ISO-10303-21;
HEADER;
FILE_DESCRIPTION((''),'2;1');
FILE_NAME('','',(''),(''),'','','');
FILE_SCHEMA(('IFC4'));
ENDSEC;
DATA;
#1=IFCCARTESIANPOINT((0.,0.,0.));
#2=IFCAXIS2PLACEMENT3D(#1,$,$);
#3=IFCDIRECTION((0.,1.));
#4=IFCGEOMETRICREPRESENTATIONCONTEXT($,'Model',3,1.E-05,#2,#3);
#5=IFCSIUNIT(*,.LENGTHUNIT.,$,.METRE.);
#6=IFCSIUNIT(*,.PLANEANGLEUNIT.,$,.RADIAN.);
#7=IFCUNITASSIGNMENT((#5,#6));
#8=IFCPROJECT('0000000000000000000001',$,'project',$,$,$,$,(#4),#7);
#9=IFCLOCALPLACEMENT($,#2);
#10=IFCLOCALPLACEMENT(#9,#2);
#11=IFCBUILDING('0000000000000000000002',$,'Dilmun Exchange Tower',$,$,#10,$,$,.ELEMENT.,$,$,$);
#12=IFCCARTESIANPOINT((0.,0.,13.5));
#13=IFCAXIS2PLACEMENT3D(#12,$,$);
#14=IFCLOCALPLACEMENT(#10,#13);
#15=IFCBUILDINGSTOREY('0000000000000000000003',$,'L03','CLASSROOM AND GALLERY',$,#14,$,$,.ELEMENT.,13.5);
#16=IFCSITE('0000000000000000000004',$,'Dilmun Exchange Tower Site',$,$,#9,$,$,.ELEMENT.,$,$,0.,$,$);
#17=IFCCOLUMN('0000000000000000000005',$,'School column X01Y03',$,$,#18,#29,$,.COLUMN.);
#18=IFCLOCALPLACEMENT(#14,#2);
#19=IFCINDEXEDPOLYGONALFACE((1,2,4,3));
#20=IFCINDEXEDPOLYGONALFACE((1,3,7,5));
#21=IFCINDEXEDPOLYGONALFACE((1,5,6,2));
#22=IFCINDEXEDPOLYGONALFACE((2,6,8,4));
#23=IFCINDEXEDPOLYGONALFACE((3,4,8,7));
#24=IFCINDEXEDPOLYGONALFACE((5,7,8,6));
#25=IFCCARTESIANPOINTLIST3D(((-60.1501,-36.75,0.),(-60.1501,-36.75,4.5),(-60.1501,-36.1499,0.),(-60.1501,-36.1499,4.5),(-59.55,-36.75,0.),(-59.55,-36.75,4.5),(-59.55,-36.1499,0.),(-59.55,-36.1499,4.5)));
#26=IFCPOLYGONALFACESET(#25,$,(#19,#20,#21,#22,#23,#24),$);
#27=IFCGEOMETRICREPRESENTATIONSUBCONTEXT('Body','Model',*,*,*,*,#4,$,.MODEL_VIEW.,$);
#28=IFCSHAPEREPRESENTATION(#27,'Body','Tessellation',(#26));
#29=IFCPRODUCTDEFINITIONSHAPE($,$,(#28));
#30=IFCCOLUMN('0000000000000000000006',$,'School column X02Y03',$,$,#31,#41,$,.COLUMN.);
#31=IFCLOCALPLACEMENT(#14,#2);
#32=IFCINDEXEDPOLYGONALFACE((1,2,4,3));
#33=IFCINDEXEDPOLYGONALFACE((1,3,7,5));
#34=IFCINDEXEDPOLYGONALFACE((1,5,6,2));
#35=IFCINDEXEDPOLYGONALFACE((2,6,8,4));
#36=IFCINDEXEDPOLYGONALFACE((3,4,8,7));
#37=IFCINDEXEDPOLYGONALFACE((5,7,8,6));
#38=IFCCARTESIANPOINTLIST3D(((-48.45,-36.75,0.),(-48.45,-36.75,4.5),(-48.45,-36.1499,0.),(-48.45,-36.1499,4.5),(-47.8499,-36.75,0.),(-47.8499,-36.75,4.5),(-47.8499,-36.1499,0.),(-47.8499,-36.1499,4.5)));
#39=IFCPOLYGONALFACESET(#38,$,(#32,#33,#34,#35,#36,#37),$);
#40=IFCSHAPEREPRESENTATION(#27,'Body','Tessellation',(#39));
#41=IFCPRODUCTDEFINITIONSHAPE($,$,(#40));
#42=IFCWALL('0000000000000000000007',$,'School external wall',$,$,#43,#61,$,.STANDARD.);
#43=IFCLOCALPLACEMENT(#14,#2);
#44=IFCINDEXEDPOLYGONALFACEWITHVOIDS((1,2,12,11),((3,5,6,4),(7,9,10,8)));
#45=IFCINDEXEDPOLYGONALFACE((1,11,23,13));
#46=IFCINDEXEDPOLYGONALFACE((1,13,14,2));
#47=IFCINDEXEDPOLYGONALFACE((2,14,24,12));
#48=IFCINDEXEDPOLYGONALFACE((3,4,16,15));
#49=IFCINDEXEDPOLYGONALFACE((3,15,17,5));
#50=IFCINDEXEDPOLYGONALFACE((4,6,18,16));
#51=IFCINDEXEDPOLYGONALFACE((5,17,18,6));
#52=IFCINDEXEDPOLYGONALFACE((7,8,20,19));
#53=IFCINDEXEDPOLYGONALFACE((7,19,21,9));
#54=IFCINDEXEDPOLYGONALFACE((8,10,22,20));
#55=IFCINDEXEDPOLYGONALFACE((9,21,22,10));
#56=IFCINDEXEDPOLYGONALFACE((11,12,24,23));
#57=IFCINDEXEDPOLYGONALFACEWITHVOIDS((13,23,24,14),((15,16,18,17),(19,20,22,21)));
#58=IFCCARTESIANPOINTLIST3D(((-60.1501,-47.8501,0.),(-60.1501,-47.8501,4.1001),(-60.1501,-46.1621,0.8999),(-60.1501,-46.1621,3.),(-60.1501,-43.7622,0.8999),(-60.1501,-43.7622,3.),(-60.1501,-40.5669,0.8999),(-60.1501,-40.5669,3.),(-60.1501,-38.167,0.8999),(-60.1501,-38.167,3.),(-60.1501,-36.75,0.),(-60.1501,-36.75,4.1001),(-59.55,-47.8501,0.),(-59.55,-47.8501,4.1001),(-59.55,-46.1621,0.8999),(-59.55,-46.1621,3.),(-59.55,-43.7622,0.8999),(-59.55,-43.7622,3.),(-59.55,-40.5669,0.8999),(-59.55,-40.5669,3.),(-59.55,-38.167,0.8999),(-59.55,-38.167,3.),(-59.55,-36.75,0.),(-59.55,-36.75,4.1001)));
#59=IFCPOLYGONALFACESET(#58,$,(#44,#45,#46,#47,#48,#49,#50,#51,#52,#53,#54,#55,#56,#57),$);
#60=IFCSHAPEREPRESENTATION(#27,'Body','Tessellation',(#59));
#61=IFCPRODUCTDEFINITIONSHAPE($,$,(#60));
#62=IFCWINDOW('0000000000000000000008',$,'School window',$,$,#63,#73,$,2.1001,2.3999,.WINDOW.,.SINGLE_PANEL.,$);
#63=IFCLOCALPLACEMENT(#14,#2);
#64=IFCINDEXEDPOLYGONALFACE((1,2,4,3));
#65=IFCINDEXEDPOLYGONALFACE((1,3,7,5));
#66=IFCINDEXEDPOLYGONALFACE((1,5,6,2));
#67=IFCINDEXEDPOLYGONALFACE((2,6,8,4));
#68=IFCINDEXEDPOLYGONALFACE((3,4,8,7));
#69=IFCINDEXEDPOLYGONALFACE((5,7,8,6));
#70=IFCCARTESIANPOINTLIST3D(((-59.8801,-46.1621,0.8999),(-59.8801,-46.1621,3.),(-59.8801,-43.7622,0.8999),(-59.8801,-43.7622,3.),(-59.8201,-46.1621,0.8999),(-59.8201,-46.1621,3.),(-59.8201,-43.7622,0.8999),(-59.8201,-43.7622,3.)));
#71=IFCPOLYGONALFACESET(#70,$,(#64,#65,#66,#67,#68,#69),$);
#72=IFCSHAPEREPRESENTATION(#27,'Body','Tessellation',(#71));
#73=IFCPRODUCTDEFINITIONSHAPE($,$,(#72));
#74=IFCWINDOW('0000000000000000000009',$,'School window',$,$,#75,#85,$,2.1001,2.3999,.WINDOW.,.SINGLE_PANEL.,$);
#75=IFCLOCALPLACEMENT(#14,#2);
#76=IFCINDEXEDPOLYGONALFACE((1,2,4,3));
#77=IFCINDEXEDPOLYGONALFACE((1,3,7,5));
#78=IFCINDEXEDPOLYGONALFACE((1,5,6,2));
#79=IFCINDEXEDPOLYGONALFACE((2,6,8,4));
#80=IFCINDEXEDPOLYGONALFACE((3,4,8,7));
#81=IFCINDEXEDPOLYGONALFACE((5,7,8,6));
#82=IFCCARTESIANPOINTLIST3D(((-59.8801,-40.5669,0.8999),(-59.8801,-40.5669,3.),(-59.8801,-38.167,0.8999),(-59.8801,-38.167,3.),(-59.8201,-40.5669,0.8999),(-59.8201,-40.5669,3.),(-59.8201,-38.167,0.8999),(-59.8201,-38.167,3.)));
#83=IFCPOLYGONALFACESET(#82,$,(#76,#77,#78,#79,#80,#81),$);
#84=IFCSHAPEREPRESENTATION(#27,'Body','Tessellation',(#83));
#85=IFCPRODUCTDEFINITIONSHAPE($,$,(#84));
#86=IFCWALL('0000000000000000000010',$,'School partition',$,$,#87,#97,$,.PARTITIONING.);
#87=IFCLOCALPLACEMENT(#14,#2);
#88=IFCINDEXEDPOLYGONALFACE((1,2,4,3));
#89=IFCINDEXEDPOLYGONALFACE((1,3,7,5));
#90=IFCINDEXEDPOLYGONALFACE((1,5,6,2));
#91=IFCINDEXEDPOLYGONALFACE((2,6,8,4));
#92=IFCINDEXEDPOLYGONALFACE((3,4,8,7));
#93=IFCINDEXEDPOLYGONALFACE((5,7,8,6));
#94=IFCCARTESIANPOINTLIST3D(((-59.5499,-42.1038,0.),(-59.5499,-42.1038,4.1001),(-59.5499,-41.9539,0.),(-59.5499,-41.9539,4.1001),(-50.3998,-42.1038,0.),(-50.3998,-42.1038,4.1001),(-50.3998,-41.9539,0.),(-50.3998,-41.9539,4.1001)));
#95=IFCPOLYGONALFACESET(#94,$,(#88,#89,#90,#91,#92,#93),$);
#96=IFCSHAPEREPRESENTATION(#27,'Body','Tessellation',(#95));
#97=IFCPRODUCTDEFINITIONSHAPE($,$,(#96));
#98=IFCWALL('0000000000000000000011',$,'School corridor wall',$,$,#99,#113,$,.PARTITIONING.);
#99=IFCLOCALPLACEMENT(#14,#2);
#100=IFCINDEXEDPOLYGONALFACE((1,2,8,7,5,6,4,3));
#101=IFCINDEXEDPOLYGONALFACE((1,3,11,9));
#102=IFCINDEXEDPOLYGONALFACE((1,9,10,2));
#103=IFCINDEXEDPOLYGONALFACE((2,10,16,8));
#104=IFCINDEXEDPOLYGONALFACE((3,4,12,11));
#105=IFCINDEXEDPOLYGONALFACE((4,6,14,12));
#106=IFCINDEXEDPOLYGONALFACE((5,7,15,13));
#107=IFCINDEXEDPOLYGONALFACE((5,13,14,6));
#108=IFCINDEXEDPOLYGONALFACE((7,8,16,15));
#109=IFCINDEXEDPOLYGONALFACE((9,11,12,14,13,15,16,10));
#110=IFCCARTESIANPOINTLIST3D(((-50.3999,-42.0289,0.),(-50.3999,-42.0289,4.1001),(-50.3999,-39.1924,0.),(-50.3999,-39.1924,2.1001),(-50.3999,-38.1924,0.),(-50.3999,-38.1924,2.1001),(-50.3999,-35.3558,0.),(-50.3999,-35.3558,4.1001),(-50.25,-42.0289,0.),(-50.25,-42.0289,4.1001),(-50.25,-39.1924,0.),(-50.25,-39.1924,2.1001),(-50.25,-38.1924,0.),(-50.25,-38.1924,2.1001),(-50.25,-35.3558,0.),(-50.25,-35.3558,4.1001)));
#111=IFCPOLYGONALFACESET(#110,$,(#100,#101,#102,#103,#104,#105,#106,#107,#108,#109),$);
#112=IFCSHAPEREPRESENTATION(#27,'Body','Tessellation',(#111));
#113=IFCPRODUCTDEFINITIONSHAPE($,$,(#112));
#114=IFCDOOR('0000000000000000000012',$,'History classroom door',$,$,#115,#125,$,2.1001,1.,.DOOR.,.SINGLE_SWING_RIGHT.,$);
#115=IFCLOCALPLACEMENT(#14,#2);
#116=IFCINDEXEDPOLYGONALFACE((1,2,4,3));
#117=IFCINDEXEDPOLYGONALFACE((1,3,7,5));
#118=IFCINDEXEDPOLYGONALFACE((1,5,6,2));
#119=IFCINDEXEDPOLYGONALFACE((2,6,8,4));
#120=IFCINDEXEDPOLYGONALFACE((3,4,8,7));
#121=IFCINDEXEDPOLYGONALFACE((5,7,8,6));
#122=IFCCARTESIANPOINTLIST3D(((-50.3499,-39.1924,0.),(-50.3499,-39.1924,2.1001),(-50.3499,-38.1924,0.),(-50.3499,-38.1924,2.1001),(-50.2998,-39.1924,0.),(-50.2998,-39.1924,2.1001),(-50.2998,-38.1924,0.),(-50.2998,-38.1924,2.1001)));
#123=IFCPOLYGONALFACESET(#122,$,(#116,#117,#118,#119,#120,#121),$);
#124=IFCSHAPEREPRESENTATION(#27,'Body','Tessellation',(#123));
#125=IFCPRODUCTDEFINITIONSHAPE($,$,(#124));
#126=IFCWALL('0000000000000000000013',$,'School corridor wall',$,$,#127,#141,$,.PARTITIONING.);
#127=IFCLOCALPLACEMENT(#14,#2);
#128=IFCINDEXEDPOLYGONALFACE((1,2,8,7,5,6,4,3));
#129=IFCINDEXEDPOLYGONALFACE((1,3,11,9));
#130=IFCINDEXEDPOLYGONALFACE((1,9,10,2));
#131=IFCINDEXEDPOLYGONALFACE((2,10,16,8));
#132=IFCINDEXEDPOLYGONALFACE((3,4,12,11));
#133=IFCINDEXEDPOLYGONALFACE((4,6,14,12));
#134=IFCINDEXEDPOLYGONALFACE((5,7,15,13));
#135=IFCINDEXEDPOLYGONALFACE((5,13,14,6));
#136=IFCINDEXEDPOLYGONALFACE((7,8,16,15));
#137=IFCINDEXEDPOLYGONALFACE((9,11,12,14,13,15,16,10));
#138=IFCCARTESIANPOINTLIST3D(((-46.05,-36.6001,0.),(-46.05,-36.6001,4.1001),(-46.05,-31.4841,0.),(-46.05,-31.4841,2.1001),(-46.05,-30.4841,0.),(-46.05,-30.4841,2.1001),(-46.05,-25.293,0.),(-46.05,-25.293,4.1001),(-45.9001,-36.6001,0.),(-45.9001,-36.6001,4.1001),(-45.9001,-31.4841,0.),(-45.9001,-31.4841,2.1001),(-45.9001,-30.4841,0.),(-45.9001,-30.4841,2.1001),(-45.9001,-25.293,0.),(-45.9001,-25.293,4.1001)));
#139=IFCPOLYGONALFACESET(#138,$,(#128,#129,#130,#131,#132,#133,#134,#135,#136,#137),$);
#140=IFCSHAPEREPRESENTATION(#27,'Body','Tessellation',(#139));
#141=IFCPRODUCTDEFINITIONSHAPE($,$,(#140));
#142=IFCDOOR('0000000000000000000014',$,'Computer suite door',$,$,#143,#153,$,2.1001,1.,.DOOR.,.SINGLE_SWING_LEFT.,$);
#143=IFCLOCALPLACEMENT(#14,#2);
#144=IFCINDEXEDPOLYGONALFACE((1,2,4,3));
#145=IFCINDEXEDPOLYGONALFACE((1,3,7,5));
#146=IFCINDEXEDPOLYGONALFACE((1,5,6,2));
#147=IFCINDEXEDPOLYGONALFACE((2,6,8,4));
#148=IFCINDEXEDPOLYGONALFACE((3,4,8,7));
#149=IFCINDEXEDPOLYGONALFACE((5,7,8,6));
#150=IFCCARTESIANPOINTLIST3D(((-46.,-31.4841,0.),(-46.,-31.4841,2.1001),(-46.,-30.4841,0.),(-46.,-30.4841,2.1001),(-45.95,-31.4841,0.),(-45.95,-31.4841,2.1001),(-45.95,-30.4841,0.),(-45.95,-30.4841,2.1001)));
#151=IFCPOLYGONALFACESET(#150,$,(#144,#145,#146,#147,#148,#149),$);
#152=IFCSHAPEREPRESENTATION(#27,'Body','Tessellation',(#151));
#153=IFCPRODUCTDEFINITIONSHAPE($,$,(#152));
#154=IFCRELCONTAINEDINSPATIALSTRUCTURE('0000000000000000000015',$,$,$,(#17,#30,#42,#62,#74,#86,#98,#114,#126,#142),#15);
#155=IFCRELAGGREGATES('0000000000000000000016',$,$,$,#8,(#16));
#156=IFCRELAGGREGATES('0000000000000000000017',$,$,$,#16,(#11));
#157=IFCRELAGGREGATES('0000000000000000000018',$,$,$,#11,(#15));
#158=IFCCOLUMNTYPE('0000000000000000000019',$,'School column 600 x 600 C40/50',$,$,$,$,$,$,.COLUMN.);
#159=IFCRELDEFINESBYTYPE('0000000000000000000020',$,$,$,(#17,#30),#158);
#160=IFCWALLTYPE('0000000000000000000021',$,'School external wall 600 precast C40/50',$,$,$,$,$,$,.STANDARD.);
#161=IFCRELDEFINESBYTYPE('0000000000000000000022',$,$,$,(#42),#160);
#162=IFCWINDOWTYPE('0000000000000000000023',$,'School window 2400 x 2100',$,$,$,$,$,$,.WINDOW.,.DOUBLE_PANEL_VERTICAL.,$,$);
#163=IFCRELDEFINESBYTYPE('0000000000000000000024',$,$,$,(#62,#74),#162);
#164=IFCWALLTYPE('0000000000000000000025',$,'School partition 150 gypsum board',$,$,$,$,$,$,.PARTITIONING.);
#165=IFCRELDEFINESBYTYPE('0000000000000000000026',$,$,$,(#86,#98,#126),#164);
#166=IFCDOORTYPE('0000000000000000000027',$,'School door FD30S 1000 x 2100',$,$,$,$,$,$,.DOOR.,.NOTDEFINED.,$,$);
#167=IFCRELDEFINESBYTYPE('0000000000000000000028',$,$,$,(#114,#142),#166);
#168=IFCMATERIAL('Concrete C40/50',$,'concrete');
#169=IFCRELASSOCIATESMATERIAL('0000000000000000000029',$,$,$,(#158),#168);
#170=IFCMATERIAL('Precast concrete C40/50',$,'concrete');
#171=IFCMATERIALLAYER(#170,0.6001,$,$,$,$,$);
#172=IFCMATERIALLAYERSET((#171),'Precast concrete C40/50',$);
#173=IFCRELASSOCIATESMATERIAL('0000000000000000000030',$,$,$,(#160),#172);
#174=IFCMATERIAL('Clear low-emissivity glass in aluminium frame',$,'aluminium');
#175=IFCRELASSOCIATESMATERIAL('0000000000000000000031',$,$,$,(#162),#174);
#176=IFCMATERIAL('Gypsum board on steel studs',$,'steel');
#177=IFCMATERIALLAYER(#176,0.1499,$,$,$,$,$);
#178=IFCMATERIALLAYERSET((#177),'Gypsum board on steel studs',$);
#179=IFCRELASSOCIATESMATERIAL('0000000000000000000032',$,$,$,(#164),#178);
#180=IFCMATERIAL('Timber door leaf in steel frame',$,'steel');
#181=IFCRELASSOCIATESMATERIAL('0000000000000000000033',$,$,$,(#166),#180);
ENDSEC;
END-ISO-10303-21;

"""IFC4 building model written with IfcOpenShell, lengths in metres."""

from ifc_helpers import new_model, si_unit, direction, frame, frame_2d, origin, origin_2d, place, context, subcontext, project, spatial, rectangle, extrude, material, layer, layer_set, material_profile, profile_set, type_object, element, fill, save


model = new_model("IFC4")

# Units and contexts
model_context = context("Model", 3, precision=1e-05, world=origin(), true_north=direction((0.0, 1.0)))
body_context = subcontext(model_context, "Body", "Model", "MODEL_VIEW")
ifc_project = project(units=[si_unit("LENGTHUNIT", "METRE"), si_unit("PLANEANGLEUNIT", "RADIAN")], contexts=[model_context])

# Site, building, storey
site_placement = place(None, origin())
site = spatial("IfcSite", under=ifc_project, at=site_placement, Name="Dilmun Exchange Tower Site", CompositionType="ELEMENT", RefElevation=0.0)
building_placement = place(site_placement, origin())
building = spatial("IfcBuilding", under=site, at=building_placement, Name="Dilmun Exchange Tower", CompositionType="ELEMENT")
storey_placement = place(building_placement, frame((0.0, 0.0, 13.5)))
storey = spatial("IfcBuildingStorey", under=building, at=storey_placement, Name="L03", Description="CLASSROOM AND GALLERY", CompositionType="ELEMENT", Elevation=13.5)

# Columns
ifc_material_1 = material(Name="Concrete C40/50", Category="concrete")
ifc_material_profile = material_profile(ifc_material_1, rectangle(XDim=0.6001, YDim=0.6001, at=origin_2d()), Name="600 x 600")
ifc_profile_set = profile_set([ifc_material_profile], Name="Concrete C40/50")
column_type = type_object("IfcColumnType", Name="School column 600 x 600 C40/50", PredefinedType="COLUMN", material=ifc_profile_set)
for number, where, z_axis, x_axis, name in (
    (1, (-59.8501, -36.45, 0.0), (0.0, 0.0, 1.0), (1.0, 0.0, 0.0), "School column X01Y03"),
    (2, (-48.1499, -36.45, 0.0), (0.0, 0.0, 1.0), (1.0, 0.0, 0.0), "School column X02Y03"),
):
    element("IfcColumn", number, at=place(storey_placement, frame(where, z_axis=z_axis, x_axis=x_axis)), inside=storey, type_object=column_type, Name=name, PredefinedType="COLUMN", context=body_context, shape_type="SweptSolid", body=[
        extrude(rectangle(XDim=0.6001, YDim=0.6001, at=origin_2d()), origin(), (0.0, 0.0, 1.0), 4.5),
    ])

# Wall, openings, windows
ifc_material_2 = material(Name="Precast concrete C40/50", Category="concrete")
ifc_layer_1 = layer(ifc_material_2, 0.6001)
ifc_layer_set_1 = layer_set([ifc_layer_1], Name="Precast concrete C40/50")
wall_type_1 = type_object("IfcWallType", Name="School external wall 600 precast C40/50", PredefinedType="STANDARD", material=ifc_layer_set_1)
wall_1_placement = place(storey_placement, frame((-59.8501, -47.8501, 0.0), z_axis=(0.0, 0.0, 1.0), x_axis=(0.0, 1.0, 0.0)))
wall_1 = element("IfcWall", 3, at=wall_1_placement, inside=storey, type_object=wall_type_1, Name="School external wall", PredefinedType="STANDARD", context=body_context, shape_type="SweptSolid", body=[
    extrude(rectangle(XDim=11.1001, YDim=0.6001, at=frame_2d((5.55, 0.0))), origin(), (0.0, 0.0, 1.0), 4.1001),
])
opening_1_placement = place(wall_1_placement, frame((1.688, 0.0, 0.8999)))
opening_1 = element("IfcOpeningElement", 4, at=opening_1_placement, cuts=wall_1, PredefinedType="OPENING", context=body_context, shape_type="SweptSolid", body=[
    extrude(rectangle(XDim=2.3999, YDim=2.1001, at=frame_2d((1.2, 1.05))), frame((0.0, 0.3101, 0.0), z_axis=(0.0, -1.0, 0.0), x_axis=(1.0, 0.0, 0.0)), (0.0, 0.0, 1.0), 0.6201),
])
opening_2_placement = place(wall_1_placement, frame((7.2832, 0.0, 0.8999)))
opening_2 = element("IfcOpeningElement", 5, at=opening_2_placement, cuts=wall_1, PredefinedType="OPENING", context=body_context, shape_type="SweptSolid", body=[
    extrude(rectangle(XDim=2.3999, YDim=2.1001, at=frame_2d((1.2, 1.05))), frame((0.0, 0.3101, 0.0), z_axis=(0.0, -1.0, 0.0), x_axis=(1.0, 0.0, 0.0)), (0.0, 0.0, 1.0), 0.6201),
])
ifc_material_3 = material(Name="Clear low-emissivity glass in aluminium frame", Category="aluminium")
window_type = type_object("IfcWindowType", Name="School window 2400 x 2100", PartitioningType="DOUBLE_PANEL_VERTICAL", PredefinedType="WINDOW", material=ifc_material_3)
window_1_placement = place(opening_1_placement, origin())
window_1 = element("IfcWindow", 6, at=window_1_placement, inside=storey, type_object=window_type, Name="School window", OverallHeight=2.1001, OverallWidth=2.3999, PartitioningType="SINGLE_PANEL", PredefinedType="WINDOW", context=body_context, shape_type="SweptSolid", body=[
    extrude(rectangle(XDim=2.3999, YDim=2.1001, at=frame_2d((1.2, 1.05))), frame((0.0, 0.03, 0.0), z_axis=(0.0, -1.0, 0.0), x_axis=(1.0, 0.0, 0.0)), (0.0, 0.0, 1.0), 0.0601),
])
fill(opening_1, window_1)
window_2_placement = place(opening_2_placement, origin())
window_2 = element("IfcWindow", 7, at=window_2_placement, inside=storey, type_object=window_type, Name="School window", OverallHeight=2.1001, OverallWidth=2.3999, PartitioningType="SINGLE_PANEL", PredefinedType="WINDOW", context=body_context, shape_type="SweptSolid", body=[
    extrude(rectangle(XDim=2.3999, YDim=2.1001, at=frame_2d((1.2, 1.05))), frame((0.0, 0.03, 0.0), z_axis=(0.0, -1.0, 0.0), x_axis=(1.0, 0.0, 0.0)), (0.0, 0.0, 1.0), 0.0601),
])
fill(opening_2, window_2)

# Wall
ifc_material_4 = material(Name="Gypsum board on steel studs", Category="steel")
ifc_layer_2 = layer(ifc_material_4, 0.1499)
ifc_layer_set_2 = layer_set([ifc_layer_2], Name="Gypsum board on steel studs")
wall_type_2 = type_object("IfcWallType", Name="School partition 150 gypsum board", PredefinedType="PARTITIONING", material=ifc_layer_set_2)
wall_2_placement = place(storey_placement, frame((-59.55, -42.0288, 0.0), z_axis=(0.0, 0.0, 1.0), x_axis=(1.0, 0.0, 0.0)))
element("IfcWall", 8, at=wall_2_placement, inside=storey, type_object=wall_type_2, Name="School partition", PredefinedType="PARTITIONING", context=body_context, shape_type="SweptSolid", body=[
    extrude(rectangle(XDim=9.1501, YDim=0.1499, at=frame_2d((4.5752, 0.0))), origin(), (0.0, 0.0, 1.0), 4.1001),
])

# Walls, openings, doors
wall_3_placement = place(storey_placement, frame((-50.325, -42.0288, 0.0), z_axis=(0.0, 0.0, 1.0), x_axis=(0.0, 1.0, 0.0)))
wall_3 = element("IfcWall", 9, at=wall_3_placement, inside=storey, type_object=wall_type_2, Name="School corridor wall", PredefinedType="PARTITIONING", context=body_context, shape_type="SweptSolid", body=[
    extrude(rectangle(XDim=6.6731, YDim=0.1499, at=frame_2d((3.3364, 0.0))), origin(), (0.0, 0.0, 1.0), 4.1001),
])
opening_3_placement = place(wall_3_placement, frame((2.8364, 0.0, 0.0)))
opening_3 = element("IfcOpeningElement", 10, at=opening_3_placement, cuts=wall_3, PredefinedType="OPENING", context=body_context, shape_type="SweptSolid", body=[
    extrude(rectangle(XDim=1.0, YDim=2.1001, at=frame_2d((0.5, 1.05))), frame((0.0, 0.085, 0.0), z_axis=(0.0, -1.0, 0.0), x_axis=(1.0, 0.0, 0.0)), (0.0, 0.0, 1.0), 0.1699),
])
ifc_material_5 = material(Name="Timber door leaf in steel frame", Category="steel")
door_type_1 = type_object("IfcDoorType", Name="School door FD30S 1000 x 2100", OperationType="NOTDEFINED", PredefinedType="DOOR", material=ifc_material_5)
door_1_placement = place(opening_3_placement, origin())
door_1 = element("IfcDoor", 11, at=door_1_placement, inside=storey, type_object=door_type_1, Name="History classroom door", OperationType="SINGLE_SWING_RIGHT", OverallHeight=2.1001, OverallWidth=1.0, PredefinedType="DOOR", context=body_context, shape_type="SweptSolid", body=[
    extrude(rectangle(XDim=1.0, YDim=2.1001, at=frame_2d((0.5, 1.05))), frame((0.0, 0.0249, 0.0), z_axis=(0.0, -1.0, 0.0), x_axis=(1.0, 0.0, 0.0)), (0.0, 0.0, 1.0), 0.05),
])
fill(opening_3, door_1)
wall_4_placement = place(storey_placement, frame((-45.9751, -36.6001, 0.0), z_axis=(0.0, 0.0, 1.0), x_axis=(0.0, 1.0, 0.0)))
wall_4 = element("IfcWall", 12, at=wall_4_placement, inside=storey, type_object=wall_type_2, Name="School corridor wall", PredefinedType="PARTITIONING", context=body_context, shape_type="SweptSolid", body=[
    extrude(rectangle(XDim=11.3071, YDim=0.1499, at=frame_2d((5.6536, 0.0))), origin(), (0.0, 0.0, 1.0), 4.1001),
])
opening_4_placement = place(wall_4_placement, frame((5.116, 0.0, 0.0)))
opening_4 = element("IfcOpeningElement", 13, at=opening_4_placement, cuts=wall_4, PredefinedType="OPENING", context=body_context, shape_type="SweptSolid", body=[
    extrude(rectangle(XDim=1.0, YDim=2.1001, at=frame_2d((0.5, 1.05))), frame((0.0, 0.085, 0.0), z_axis=(0.0, -1.0, 0.0), x_axis=(1.0, 0.0, 0.0)), (0.0, 0.0, 1.0), 0.1699),
])
door_2_placement = place(opening_4_placement, origin())
door_2 = element("IfcDoor", 14, at=door_2_placement, inside=storey, type_object=door_type_1, Name="Computer suite door", OperationType="SINGLE_SWING_LEFT", OverallHeight=2.1001, OverallWidth=1.0, PredefinedType="DOOR", context=body_context, shape_type="SweptSolid", body=[
    extrude(rectangle(XDim=1.0, YDim=2.1001, at=frame_2d((0.5, 1.05))), frame((0.0, 0.0249, 0.0), z_axis=(0.0, -1.0, 0.0), x_axis=(1.0, 0.0, 0.0)), (0.0, 0.0, 1.0), 0.05),
])
fill(opening_4, door_2)

save(model, "model.ifc")
